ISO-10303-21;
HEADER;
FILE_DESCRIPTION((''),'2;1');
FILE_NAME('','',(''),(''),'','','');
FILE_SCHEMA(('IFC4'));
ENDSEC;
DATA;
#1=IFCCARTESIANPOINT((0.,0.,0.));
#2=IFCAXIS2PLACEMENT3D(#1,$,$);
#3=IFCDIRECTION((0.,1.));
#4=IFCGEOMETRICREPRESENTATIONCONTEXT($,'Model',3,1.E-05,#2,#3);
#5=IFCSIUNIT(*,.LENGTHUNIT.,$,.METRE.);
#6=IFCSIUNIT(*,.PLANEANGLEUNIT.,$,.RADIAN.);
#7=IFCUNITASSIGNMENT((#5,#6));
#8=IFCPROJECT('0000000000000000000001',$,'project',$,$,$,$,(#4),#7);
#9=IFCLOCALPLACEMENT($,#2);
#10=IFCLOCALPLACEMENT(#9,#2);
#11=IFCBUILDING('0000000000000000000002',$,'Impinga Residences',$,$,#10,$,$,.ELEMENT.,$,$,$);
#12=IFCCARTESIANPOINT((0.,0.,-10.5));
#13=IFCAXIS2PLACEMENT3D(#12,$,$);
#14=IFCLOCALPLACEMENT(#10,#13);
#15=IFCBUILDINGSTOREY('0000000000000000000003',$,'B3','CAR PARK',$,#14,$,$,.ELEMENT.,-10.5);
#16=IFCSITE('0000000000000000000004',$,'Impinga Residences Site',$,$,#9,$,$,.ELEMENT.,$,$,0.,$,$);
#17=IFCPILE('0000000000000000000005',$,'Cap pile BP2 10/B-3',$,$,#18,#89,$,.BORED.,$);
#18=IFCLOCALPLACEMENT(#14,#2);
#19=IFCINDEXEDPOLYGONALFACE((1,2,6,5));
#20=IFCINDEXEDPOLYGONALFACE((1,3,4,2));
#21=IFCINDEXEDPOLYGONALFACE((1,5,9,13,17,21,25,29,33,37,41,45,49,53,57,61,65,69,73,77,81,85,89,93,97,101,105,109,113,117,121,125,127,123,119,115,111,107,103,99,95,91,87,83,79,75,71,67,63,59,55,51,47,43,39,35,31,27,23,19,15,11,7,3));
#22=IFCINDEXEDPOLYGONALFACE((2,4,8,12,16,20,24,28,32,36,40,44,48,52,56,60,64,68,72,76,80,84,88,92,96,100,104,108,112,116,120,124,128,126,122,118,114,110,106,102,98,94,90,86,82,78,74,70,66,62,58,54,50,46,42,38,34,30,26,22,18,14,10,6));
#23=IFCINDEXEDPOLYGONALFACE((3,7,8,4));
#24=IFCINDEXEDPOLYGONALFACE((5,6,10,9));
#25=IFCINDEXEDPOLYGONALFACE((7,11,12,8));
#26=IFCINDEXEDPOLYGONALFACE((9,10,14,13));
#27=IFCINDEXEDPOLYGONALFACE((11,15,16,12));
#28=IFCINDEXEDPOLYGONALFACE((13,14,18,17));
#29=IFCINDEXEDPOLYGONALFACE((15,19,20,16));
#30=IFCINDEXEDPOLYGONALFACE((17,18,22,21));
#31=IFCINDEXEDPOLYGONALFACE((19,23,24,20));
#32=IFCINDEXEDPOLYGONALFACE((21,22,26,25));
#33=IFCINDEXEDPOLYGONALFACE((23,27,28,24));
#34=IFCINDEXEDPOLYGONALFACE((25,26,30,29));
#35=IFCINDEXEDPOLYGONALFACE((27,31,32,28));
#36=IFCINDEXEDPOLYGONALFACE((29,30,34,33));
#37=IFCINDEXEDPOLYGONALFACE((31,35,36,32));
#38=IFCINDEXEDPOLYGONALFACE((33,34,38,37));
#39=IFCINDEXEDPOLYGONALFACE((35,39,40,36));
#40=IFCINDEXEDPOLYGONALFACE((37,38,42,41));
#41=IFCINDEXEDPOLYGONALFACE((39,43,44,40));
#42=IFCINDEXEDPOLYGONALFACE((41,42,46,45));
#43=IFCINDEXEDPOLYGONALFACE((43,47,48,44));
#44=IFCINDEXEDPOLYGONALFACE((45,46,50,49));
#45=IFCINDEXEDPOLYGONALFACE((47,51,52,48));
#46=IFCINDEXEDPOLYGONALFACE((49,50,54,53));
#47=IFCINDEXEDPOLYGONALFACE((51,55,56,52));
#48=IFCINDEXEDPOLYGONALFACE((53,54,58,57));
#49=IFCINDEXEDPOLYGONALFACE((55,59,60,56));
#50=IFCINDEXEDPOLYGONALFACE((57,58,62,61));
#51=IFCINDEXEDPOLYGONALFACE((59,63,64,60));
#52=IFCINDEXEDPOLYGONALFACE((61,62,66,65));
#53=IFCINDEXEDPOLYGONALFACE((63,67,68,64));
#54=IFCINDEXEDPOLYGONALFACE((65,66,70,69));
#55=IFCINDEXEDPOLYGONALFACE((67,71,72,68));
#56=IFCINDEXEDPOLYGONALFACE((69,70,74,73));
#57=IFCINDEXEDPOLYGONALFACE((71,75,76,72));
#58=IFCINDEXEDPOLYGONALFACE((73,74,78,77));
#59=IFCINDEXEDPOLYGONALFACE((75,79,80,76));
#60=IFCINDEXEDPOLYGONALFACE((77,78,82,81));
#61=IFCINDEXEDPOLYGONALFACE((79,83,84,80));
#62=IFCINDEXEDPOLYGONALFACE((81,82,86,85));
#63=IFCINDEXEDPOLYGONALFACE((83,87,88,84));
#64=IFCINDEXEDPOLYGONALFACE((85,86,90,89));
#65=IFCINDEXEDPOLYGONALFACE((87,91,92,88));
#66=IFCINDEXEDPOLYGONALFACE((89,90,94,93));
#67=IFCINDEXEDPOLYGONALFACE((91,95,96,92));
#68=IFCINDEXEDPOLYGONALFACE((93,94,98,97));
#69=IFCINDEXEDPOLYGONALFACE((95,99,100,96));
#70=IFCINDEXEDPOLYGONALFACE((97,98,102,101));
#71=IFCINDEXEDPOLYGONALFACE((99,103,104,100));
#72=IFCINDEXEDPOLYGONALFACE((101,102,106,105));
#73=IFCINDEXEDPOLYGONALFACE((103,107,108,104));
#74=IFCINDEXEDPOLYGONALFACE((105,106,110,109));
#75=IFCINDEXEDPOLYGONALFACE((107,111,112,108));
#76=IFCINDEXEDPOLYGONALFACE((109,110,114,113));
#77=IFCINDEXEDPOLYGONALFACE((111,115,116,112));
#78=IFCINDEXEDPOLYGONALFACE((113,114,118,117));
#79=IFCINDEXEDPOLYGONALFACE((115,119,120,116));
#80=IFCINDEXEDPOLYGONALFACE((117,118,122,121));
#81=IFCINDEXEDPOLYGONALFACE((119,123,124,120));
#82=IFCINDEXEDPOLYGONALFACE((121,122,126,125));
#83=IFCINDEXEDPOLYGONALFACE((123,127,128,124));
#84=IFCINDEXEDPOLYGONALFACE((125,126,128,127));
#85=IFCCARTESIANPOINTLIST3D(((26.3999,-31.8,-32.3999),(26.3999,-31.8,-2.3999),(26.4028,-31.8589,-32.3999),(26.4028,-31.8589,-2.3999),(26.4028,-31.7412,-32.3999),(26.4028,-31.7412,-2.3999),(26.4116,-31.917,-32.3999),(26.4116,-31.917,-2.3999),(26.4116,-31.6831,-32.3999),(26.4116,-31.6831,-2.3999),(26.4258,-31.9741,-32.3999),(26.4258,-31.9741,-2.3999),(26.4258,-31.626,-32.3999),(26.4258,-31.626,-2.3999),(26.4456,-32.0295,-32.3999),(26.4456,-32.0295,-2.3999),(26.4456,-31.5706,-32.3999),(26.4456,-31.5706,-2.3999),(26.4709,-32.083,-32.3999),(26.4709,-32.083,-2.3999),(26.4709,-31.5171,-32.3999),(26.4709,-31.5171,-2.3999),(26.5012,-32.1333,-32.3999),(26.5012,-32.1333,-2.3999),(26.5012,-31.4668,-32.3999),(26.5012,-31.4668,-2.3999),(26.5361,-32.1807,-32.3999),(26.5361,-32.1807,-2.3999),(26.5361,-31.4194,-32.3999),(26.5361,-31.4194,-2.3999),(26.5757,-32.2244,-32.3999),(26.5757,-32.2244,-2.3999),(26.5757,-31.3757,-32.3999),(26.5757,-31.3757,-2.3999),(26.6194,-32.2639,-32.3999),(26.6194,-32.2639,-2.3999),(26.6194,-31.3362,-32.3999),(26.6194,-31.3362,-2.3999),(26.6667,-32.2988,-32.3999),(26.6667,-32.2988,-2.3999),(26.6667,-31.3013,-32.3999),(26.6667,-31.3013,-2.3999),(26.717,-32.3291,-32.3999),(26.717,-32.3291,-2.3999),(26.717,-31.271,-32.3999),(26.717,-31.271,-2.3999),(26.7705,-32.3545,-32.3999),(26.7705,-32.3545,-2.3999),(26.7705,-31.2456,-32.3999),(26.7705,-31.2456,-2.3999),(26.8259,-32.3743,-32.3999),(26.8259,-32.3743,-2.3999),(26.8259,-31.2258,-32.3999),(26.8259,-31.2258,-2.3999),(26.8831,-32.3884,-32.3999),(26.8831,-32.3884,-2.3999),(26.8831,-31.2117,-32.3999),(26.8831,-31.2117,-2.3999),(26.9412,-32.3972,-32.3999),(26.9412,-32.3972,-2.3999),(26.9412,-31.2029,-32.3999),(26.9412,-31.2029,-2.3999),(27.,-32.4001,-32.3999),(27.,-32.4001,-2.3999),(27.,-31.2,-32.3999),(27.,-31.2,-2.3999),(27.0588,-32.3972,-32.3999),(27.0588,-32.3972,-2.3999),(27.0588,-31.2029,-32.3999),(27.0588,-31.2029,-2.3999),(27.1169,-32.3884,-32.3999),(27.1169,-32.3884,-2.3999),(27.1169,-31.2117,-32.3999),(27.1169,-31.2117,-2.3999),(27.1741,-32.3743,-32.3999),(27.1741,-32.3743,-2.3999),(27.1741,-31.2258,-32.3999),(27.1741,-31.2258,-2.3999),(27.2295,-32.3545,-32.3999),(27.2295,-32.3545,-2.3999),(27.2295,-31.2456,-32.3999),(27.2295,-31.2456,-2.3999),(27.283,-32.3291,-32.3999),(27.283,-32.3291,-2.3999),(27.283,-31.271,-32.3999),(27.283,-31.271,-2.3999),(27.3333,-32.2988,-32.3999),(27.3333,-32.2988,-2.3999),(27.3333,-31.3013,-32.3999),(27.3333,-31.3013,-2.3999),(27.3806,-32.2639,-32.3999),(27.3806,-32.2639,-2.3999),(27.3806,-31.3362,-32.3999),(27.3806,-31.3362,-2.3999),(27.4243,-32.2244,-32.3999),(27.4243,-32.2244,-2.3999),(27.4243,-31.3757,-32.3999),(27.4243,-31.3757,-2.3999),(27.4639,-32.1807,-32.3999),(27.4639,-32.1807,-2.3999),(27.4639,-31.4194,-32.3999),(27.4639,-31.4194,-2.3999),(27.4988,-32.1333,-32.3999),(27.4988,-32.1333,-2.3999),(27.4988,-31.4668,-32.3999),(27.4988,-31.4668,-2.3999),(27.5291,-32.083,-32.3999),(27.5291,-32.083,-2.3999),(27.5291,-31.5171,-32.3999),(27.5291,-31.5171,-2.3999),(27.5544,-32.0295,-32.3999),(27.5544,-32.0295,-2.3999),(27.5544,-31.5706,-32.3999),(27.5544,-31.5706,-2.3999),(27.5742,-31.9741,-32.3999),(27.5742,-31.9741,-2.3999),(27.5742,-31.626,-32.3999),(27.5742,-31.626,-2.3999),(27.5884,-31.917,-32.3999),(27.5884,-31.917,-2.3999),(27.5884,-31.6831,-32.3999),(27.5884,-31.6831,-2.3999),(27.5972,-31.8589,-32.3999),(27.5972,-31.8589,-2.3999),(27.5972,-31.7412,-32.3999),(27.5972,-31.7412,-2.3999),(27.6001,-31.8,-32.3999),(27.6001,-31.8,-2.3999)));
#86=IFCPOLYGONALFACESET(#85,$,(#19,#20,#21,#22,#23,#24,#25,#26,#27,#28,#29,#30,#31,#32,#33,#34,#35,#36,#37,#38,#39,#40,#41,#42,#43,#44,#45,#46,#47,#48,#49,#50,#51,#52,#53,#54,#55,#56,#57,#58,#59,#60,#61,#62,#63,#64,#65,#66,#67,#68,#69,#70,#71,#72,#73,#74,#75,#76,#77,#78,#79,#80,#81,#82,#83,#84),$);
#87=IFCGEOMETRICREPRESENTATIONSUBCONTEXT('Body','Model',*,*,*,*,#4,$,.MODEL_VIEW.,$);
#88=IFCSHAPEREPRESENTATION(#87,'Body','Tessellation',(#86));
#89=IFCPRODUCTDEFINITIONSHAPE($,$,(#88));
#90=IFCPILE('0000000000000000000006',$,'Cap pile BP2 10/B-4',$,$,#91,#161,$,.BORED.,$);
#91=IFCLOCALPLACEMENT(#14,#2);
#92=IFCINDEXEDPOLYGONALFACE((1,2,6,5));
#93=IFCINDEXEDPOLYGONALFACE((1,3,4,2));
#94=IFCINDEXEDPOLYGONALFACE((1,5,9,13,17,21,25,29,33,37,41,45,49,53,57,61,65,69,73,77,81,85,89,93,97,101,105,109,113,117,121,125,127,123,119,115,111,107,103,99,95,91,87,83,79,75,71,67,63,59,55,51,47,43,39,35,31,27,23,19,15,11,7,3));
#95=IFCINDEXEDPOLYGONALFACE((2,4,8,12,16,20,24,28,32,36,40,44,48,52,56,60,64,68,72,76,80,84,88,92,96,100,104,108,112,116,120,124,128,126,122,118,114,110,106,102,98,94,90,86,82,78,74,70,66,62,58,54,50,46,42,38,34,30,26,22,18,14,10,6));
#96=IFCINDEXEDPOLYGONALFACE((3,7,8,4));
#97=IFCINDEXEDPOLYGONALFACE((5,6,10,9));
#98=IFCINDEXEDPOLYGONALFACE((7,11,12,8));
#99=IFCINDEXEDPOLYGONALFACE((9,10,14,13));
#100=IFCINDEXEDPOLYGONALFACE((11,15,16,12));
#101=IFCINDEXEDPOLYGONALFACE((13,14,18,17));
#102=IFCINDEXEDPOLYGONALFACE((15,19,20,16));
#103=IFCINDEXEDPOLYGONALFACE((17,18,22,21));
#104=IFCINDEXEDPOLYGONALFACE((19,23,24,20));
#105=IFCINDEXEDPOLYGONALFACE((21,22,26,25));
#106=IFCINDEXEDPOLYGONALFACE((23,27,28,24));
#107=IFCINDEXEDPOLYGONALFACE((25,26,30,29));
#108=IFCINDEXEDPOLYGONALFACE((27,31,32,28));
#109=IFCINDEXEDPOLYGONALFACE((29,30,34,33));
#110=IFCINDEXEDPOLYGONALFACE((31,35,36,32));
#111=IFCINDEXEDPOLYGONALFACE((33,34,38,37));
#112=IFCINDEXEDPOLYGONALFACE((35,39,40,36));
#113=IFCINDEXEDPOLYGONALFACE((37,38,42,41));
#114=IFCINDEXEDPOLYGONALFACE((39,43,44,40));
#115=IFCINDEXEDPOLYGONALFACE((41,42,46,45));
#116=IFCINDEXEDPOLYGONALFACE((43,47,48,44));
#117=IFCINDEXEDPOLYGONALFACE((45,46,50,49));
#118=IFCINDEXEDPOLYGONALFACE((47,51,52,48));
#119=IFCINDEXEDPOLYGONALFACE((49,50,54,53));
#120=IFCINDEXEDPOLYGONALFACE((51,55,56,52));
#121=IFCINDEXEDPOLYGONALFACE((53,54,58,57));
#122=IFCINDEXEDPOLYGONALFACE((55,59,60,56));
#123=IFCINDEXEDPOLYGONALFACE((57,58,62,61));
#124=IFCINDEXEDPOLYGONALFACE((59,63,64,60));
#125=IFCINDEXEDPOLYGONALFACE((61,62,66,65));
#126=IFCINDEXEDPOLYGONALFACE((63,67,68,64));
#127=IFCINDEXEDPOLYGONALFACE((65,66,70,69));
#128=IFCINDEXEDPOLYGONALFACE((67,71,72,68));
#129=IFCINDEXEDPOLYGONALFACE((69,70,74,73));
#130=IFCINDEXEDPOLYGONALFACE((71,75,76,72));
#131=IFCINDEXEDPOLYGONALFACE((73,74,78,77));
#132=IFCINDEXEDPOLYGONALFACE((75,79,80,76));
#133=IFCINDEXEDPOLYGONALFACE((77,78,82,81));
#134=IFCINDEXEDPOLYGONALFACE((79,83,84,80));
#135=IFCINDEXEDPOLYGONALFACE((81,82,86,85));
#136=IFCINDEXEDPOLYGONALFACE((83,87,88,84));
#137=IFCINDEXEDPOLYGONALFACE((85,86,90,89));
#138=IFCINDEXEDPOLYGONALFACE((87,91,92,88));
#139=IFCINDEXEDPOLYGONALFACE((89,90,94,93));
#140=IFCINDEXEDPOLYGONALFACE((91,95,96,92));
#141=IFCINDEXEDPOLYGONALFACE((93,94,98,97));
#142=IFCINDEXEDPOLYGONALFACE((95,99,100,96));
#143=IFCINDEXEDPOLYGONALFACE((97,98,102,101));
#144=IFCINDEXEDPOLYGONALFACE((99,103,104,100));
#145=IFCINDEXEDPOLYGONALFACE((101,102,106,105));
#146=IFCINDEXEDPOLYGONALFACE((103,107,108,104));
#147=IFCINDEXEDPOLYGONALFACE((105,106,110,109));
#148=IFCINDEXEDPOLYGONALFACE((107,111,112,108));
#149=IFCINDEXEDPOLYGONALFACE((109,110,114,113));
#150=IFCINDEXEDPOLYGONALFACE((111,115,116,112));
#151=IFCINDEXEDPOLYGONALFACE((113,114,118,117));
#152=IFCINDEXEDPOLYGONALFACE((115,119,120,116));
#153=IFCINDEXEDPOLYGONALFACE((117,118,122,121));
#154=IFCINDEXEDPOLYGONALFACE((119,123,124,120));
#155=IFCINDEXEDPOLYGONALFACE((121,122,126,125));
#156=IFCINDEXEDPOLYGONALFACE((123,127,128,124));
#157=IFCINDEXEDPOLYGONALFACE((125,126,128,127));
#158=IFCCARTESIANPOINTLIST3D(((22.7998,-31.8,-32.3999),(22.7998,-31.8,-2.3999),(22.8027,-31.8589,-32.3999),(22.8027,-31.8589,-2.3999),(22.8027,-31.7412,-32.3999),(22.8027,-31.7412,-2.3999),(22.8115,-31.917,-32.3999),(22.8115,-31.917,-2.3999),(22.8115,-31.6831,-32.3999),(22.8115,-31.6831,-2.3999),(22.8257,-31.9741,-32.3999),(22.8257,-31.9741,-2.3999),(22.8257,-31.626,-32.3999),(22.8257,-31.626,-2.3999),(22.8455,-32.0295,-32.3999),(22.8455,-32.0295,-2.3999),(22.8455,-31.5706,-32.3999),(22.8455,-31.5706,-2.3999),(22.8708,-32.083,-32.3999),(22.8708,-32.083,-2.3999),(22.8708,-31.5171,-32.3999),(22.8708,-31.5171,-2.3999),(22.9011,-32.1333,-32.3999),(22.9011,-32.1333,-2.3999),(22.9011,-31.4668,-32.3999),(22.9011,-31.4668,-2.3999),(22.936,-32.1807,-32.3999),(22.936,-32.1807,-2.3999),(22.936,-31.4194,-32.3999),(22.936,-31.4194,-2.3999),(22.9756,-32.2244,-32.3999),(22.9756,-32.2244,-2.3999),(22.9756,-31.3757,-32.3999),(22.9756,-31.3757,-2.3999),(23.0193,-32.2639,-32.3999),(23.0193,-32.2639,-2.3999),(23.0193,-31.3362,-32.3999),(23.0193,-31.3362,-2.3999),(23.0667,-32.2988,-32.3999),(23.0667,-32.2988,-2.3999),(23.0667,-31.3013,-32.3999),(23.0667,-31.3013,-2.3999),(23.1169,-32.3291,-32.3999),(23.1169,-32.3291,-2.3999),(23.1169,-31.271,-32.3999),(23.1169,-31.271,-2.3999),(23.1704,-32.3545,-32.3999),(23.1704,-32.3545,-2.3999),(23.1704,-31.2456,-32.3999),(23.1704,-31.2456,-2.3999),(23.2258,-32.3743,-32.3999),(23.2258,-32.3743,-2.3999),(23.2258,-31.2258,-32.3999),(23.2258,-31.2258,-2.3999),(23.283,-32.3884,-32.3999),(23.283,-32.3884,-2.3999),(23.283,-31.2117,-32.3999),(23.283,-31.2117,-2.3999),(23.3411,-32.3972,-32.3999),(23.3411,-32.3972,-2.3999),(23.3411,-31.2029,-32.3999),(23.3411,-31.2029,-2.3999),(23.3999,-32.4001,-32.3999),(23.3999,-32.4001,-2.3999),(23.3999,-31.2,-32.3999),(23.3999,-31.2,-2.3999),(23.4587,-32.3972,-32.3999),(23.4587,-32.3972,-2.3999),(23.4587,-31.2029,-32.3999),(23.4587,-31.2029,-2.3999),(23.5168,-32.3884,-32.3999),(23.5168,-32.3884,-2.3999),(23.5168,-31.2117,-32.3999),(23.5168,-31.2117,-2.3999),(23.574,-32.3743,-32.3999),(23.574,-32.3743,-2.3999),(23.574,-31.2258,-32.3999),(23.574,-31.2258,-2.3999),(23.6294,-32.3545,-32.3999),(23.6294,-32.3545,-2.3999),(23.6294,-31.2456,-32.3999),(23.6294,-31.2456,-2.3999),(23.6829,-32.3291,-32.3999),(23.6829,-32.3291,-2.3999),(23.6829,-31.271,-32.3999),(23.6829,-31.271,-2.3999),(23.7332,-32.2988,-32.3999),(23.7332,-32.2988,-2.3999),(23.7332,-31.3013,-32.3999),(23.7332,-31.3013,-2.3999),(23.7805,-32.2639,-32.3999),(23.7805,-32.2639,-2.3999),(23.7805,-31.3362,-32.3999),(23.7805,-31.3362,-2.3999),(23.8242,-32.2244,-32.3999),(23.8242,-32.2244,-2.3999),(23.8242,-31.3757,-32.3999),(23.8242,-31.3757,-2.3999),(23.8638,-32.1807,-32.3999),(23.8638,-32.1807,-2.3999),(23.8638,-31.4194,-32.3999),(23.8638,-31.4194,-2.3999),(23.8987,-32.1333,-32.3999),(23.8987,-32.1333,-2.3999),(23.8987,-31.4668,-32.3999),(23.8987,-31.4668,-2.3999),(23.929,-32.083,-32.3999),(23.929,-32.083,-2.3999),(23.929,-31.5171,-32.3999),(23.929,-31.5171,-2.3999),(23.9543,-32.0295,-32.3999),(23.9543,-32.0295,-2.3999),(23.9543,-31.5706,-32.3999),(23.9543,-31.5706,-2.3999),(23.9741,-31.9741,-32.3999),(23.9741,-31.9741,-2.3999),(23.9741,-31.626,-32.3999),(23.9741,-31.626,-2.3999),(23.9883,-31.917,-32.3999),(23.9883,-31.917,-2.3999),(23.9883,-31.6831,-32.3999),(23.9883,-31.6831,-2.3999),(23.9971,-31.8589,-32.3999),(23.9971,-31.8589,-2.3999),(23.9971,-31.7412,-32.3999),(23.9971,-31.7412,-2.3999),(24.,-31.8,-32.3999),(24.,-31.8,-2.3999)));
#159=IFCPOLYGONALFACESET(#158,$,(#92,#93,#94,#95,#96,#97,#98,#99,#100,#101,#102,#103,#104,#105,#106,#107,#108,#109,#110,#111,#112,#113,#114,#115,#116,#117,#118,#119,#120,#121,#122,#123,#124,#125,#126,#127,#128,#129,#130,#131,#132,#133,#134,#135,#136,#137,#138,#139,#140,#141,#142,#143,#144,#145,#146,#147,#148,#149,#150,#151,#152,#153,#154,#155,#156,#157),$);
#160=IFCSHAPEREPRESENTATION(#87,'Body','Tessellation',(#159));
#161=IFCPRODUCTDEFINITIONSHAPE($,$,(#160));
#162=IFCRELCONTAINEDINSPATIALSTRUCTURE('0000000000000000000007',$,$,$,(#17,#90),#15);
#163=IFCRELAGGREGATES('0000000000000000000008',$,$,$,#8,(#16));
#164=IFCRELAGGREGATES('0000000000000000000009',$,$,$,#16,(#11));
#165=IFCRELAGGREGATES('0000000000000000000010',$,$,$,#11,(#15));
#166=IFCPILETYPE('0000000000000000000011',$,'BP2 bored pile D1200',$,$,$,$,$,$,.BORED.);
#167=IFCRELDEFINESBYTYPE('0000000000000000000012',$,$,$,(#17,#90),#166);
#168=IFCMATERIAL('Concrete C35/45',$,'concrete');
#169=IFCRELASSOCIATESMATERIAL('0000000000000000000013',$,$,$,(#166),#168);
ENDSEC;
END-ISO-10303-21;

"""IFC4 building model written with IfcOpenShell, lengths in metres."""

from ifc_helpers import new_model, si_unit, direction, frame, origin, origin_2d, place, context, subcontext, project, spatial, polyline, circle, outline, extrude, material, material_profile, profile_set, type_object, element, save


model = new_model("IFC4")

# Units and contexts
model_context = context("Model", 3, precision=1e-05, world=origin(), true_north=direction((0.0, 1.0)))
body_context = subcontext(model_context, "Body", "Model", "MODEL_VIEW")
ifc_project = project(units=[si_unit("LENGTHUNIT", "METRE"), si_unit("PLANEANGLEUNIT", "RADIAN")], contexts=[model_context])

# Site, building, storey
site_placement = place(None, origin())
site = spatial("IfcSite", under=ifc_project, at=site_placement, Name="Impinga Residences Site", CompositionType="ELEMENT", RefElevation=0.0)
building_placement = place(site_placement, origin())
building = spatial("IfcBuilding", under=site, at=building_placement, Name="Impinga Residences", CompositionType="ELEMENT")
storey_placement = place(building_placement, frame((0.0, 0.0, -10.5)))
storey = spatial("IfcBuildingStorey", under=building, at=storey_placement, Name="B3", Description="CAR PARK", CompositionType="ELEMENT", Elevation=-10.5)

# Piles
ifc_material_1 = material(Name="Concrete C35/45", Category="concrete")
ifc_material_profile_1 = material_profile(ifc_material_1, circle(Radius=0.6001, at=origin_2d()), Name="D1200")
ifc_profile_set_1 = profile_set([ifc_material_profile_1], Name="Concrete C35/45")
pile_type_1 = type_object("IfcPileType", Name="BP2 bored pile D1200", PredefinedType="BORED", material=ifc_profile_set_1)
pile_1_placement = place(storey_placement, frame((27.0, -31.8, -2.3999), z_axis=(0.0, 0.0, -1.0), x_axis=(1.0, 0.0, 0.0)))
element("IfcPile", 1, at=pile_1_placement, inside=storey, type_object=pile_type_1, Name="Cap pile BP2 10/B-3", PredefinedType="BORED", context=body_context, shape_type="SweptSolid", body=[
    extrude(outline(polyline([(0.6001, 0.0), (0.5972, 0.0588), (0.5884, 0.1169), (0.5742, 0.1741), (0.5544, 0.2295), (0.5291, 0.283), (0.4988, 0.3333), (0.4639, 0.3806), (0.4243, 0.4243), (0.3806, 0.4639), (0.3333, 0.4988), (0.283, 0.5291), (0.2295, 0.5544), (0.1741, 0.5742), (0.1169, 0.5884), (0.0588, 0.5972), (0.0, 0.6001), (-0.0588, 0.5972), (-0.1169, 0.5884), (-0.1741, 0.5742), (-0.2295, 0.5544), (-0.283, 0.5291), (-0.3333, 0.4988), (-0.3806, 0.4639), (-0.4243, 0.4243), (-0.4639, 0.3806), (-0.4988, 0.3333), (-0.5291, 0.283), (-0.5544, 0.2295), (-0.5742, 0.1741), (-0.5884, 0.1169), (-0.5972, 0.0588), (-0.6001, 0.0), (-0.5972, -0.0588), (-0.5884, -0.1169), (-0.5742, -0.1741), (-0.5544, -0.2295), (-0.5291, -0.283), (-0.4988, -0.3333), (-0.4639, -0.3806), (-0.4243, -0.4243), (-0.3806, -0.4639), (-0.3333, -0.4988), (-0.283, -0.5291), (-0.2295, -0.5544), (-0.1741, -0.5742), (-0.1169, -0.5884), (-0.0588, -0.5972), (0.0, -0.6001), (0.0588, -0.5972), (0.1169, -0.5884), (0.1741, -0.5742), (0.2295, -0.5544), (0.283, -0.5291), (0.3333, -0.4988), (0.3806, -0.4639), (0.4243, -0.4243), (0.4639, -0.3806), (0.4988, -0.3333), (0.5291, -0.283), (0.5544, -0.2295), (0.5742, -0.1741), (0.5884, -0.1169), (0.5972, -0.0588), (0.6001, 0.0)])), origin(), (0.0, 0.0, 1.0), 30.0),
])
pile_2_placement = place(storey_placement, frame((23.3999, -31.8, -2.3999), z_axis=(0.0, 0.0, -1.0), x_axis=(1.0, 0.0, 0.0)))
element("IfcPile", 2, at=pile_2_placement, inside=storey, type_object=pile_type_1, Name="Cap pile BP2 10/B-4", PredefinedType="BORED", context=body_context, shape_type="SweptSolid", body=[
    extrude(outline(polyline([(0.6001, 0.0), (0.5972, 0.0588), (0.5884, 0.1169), (0.5742, 0.1741), (0.5544, 0.2295), (0.5291, 0.283), (0.4988, 0.3333), (0.4639, 0.3806), (0.4243, 0.4243), (0.3806, 0.4639), (0.3333, 0.4988), (0.283, 0.5291), (0.2295, 0.5544), (0.1741, 0.5742), (0.1169, 0.5884), (0.0588, 0.5972), (0.0, 0.6001), (-0.0588, 0.5972), (-0.1169, 0.5884), (-0.1741, 0.5742), (-0.2295, 0.5544), (-0.283, 0.5291), (-0.3333, 0.4988), (-0.3806, 0.4639), (-0.4243, 0.4243), (-0.4639, 0.3806), (-0.4988, 0.3333), (-0.5291, 0.283), (-0.5544, 0.2295), (-0.5742, 0.1741), (-0.5884, 0.1169), (-0.5972, 0.0588), (-0.6001, 0.0), (-0.5972, -0.0588), (-0.5884, -0.1169), (-0.5742, -0.1741), (-0.5544, -0.2295), (-0.5291, -0.283), (-0.4988, -0.3333), (-0.4639, -0.3806), (-0.4243, -0.4243), (-0.3806, -0.4639), (-0.3333, -0.4988), (-0.283, -0.5291), (-0.2295, -0.5544), (-0.1741, -0.5742), (-0.1169, -0.5884), (-0.0588, -0.5972), (0.0, -0.6001), (0.0588, -0.5972), (0.1169, -0.5884), (0.1741, -0.5742), (0.2295, -0.5544), (0.283, -0.5291), (0.3333, -0.4988), (0.3806, -0.4639), (0.4243, -0.4243), (0.4639, -0.3806), (0.4988, -0.3333), (0.5291, -0.283), (0.5544, -0.2295), (0.5742, -0.1741), (0.5884, -0.1169), (0.5972, -0.0588), (0.6001, 0.0)])), origin(), (0.0, 0.0, 1.0), 30.0),
])

save(model, "model.ifc")
